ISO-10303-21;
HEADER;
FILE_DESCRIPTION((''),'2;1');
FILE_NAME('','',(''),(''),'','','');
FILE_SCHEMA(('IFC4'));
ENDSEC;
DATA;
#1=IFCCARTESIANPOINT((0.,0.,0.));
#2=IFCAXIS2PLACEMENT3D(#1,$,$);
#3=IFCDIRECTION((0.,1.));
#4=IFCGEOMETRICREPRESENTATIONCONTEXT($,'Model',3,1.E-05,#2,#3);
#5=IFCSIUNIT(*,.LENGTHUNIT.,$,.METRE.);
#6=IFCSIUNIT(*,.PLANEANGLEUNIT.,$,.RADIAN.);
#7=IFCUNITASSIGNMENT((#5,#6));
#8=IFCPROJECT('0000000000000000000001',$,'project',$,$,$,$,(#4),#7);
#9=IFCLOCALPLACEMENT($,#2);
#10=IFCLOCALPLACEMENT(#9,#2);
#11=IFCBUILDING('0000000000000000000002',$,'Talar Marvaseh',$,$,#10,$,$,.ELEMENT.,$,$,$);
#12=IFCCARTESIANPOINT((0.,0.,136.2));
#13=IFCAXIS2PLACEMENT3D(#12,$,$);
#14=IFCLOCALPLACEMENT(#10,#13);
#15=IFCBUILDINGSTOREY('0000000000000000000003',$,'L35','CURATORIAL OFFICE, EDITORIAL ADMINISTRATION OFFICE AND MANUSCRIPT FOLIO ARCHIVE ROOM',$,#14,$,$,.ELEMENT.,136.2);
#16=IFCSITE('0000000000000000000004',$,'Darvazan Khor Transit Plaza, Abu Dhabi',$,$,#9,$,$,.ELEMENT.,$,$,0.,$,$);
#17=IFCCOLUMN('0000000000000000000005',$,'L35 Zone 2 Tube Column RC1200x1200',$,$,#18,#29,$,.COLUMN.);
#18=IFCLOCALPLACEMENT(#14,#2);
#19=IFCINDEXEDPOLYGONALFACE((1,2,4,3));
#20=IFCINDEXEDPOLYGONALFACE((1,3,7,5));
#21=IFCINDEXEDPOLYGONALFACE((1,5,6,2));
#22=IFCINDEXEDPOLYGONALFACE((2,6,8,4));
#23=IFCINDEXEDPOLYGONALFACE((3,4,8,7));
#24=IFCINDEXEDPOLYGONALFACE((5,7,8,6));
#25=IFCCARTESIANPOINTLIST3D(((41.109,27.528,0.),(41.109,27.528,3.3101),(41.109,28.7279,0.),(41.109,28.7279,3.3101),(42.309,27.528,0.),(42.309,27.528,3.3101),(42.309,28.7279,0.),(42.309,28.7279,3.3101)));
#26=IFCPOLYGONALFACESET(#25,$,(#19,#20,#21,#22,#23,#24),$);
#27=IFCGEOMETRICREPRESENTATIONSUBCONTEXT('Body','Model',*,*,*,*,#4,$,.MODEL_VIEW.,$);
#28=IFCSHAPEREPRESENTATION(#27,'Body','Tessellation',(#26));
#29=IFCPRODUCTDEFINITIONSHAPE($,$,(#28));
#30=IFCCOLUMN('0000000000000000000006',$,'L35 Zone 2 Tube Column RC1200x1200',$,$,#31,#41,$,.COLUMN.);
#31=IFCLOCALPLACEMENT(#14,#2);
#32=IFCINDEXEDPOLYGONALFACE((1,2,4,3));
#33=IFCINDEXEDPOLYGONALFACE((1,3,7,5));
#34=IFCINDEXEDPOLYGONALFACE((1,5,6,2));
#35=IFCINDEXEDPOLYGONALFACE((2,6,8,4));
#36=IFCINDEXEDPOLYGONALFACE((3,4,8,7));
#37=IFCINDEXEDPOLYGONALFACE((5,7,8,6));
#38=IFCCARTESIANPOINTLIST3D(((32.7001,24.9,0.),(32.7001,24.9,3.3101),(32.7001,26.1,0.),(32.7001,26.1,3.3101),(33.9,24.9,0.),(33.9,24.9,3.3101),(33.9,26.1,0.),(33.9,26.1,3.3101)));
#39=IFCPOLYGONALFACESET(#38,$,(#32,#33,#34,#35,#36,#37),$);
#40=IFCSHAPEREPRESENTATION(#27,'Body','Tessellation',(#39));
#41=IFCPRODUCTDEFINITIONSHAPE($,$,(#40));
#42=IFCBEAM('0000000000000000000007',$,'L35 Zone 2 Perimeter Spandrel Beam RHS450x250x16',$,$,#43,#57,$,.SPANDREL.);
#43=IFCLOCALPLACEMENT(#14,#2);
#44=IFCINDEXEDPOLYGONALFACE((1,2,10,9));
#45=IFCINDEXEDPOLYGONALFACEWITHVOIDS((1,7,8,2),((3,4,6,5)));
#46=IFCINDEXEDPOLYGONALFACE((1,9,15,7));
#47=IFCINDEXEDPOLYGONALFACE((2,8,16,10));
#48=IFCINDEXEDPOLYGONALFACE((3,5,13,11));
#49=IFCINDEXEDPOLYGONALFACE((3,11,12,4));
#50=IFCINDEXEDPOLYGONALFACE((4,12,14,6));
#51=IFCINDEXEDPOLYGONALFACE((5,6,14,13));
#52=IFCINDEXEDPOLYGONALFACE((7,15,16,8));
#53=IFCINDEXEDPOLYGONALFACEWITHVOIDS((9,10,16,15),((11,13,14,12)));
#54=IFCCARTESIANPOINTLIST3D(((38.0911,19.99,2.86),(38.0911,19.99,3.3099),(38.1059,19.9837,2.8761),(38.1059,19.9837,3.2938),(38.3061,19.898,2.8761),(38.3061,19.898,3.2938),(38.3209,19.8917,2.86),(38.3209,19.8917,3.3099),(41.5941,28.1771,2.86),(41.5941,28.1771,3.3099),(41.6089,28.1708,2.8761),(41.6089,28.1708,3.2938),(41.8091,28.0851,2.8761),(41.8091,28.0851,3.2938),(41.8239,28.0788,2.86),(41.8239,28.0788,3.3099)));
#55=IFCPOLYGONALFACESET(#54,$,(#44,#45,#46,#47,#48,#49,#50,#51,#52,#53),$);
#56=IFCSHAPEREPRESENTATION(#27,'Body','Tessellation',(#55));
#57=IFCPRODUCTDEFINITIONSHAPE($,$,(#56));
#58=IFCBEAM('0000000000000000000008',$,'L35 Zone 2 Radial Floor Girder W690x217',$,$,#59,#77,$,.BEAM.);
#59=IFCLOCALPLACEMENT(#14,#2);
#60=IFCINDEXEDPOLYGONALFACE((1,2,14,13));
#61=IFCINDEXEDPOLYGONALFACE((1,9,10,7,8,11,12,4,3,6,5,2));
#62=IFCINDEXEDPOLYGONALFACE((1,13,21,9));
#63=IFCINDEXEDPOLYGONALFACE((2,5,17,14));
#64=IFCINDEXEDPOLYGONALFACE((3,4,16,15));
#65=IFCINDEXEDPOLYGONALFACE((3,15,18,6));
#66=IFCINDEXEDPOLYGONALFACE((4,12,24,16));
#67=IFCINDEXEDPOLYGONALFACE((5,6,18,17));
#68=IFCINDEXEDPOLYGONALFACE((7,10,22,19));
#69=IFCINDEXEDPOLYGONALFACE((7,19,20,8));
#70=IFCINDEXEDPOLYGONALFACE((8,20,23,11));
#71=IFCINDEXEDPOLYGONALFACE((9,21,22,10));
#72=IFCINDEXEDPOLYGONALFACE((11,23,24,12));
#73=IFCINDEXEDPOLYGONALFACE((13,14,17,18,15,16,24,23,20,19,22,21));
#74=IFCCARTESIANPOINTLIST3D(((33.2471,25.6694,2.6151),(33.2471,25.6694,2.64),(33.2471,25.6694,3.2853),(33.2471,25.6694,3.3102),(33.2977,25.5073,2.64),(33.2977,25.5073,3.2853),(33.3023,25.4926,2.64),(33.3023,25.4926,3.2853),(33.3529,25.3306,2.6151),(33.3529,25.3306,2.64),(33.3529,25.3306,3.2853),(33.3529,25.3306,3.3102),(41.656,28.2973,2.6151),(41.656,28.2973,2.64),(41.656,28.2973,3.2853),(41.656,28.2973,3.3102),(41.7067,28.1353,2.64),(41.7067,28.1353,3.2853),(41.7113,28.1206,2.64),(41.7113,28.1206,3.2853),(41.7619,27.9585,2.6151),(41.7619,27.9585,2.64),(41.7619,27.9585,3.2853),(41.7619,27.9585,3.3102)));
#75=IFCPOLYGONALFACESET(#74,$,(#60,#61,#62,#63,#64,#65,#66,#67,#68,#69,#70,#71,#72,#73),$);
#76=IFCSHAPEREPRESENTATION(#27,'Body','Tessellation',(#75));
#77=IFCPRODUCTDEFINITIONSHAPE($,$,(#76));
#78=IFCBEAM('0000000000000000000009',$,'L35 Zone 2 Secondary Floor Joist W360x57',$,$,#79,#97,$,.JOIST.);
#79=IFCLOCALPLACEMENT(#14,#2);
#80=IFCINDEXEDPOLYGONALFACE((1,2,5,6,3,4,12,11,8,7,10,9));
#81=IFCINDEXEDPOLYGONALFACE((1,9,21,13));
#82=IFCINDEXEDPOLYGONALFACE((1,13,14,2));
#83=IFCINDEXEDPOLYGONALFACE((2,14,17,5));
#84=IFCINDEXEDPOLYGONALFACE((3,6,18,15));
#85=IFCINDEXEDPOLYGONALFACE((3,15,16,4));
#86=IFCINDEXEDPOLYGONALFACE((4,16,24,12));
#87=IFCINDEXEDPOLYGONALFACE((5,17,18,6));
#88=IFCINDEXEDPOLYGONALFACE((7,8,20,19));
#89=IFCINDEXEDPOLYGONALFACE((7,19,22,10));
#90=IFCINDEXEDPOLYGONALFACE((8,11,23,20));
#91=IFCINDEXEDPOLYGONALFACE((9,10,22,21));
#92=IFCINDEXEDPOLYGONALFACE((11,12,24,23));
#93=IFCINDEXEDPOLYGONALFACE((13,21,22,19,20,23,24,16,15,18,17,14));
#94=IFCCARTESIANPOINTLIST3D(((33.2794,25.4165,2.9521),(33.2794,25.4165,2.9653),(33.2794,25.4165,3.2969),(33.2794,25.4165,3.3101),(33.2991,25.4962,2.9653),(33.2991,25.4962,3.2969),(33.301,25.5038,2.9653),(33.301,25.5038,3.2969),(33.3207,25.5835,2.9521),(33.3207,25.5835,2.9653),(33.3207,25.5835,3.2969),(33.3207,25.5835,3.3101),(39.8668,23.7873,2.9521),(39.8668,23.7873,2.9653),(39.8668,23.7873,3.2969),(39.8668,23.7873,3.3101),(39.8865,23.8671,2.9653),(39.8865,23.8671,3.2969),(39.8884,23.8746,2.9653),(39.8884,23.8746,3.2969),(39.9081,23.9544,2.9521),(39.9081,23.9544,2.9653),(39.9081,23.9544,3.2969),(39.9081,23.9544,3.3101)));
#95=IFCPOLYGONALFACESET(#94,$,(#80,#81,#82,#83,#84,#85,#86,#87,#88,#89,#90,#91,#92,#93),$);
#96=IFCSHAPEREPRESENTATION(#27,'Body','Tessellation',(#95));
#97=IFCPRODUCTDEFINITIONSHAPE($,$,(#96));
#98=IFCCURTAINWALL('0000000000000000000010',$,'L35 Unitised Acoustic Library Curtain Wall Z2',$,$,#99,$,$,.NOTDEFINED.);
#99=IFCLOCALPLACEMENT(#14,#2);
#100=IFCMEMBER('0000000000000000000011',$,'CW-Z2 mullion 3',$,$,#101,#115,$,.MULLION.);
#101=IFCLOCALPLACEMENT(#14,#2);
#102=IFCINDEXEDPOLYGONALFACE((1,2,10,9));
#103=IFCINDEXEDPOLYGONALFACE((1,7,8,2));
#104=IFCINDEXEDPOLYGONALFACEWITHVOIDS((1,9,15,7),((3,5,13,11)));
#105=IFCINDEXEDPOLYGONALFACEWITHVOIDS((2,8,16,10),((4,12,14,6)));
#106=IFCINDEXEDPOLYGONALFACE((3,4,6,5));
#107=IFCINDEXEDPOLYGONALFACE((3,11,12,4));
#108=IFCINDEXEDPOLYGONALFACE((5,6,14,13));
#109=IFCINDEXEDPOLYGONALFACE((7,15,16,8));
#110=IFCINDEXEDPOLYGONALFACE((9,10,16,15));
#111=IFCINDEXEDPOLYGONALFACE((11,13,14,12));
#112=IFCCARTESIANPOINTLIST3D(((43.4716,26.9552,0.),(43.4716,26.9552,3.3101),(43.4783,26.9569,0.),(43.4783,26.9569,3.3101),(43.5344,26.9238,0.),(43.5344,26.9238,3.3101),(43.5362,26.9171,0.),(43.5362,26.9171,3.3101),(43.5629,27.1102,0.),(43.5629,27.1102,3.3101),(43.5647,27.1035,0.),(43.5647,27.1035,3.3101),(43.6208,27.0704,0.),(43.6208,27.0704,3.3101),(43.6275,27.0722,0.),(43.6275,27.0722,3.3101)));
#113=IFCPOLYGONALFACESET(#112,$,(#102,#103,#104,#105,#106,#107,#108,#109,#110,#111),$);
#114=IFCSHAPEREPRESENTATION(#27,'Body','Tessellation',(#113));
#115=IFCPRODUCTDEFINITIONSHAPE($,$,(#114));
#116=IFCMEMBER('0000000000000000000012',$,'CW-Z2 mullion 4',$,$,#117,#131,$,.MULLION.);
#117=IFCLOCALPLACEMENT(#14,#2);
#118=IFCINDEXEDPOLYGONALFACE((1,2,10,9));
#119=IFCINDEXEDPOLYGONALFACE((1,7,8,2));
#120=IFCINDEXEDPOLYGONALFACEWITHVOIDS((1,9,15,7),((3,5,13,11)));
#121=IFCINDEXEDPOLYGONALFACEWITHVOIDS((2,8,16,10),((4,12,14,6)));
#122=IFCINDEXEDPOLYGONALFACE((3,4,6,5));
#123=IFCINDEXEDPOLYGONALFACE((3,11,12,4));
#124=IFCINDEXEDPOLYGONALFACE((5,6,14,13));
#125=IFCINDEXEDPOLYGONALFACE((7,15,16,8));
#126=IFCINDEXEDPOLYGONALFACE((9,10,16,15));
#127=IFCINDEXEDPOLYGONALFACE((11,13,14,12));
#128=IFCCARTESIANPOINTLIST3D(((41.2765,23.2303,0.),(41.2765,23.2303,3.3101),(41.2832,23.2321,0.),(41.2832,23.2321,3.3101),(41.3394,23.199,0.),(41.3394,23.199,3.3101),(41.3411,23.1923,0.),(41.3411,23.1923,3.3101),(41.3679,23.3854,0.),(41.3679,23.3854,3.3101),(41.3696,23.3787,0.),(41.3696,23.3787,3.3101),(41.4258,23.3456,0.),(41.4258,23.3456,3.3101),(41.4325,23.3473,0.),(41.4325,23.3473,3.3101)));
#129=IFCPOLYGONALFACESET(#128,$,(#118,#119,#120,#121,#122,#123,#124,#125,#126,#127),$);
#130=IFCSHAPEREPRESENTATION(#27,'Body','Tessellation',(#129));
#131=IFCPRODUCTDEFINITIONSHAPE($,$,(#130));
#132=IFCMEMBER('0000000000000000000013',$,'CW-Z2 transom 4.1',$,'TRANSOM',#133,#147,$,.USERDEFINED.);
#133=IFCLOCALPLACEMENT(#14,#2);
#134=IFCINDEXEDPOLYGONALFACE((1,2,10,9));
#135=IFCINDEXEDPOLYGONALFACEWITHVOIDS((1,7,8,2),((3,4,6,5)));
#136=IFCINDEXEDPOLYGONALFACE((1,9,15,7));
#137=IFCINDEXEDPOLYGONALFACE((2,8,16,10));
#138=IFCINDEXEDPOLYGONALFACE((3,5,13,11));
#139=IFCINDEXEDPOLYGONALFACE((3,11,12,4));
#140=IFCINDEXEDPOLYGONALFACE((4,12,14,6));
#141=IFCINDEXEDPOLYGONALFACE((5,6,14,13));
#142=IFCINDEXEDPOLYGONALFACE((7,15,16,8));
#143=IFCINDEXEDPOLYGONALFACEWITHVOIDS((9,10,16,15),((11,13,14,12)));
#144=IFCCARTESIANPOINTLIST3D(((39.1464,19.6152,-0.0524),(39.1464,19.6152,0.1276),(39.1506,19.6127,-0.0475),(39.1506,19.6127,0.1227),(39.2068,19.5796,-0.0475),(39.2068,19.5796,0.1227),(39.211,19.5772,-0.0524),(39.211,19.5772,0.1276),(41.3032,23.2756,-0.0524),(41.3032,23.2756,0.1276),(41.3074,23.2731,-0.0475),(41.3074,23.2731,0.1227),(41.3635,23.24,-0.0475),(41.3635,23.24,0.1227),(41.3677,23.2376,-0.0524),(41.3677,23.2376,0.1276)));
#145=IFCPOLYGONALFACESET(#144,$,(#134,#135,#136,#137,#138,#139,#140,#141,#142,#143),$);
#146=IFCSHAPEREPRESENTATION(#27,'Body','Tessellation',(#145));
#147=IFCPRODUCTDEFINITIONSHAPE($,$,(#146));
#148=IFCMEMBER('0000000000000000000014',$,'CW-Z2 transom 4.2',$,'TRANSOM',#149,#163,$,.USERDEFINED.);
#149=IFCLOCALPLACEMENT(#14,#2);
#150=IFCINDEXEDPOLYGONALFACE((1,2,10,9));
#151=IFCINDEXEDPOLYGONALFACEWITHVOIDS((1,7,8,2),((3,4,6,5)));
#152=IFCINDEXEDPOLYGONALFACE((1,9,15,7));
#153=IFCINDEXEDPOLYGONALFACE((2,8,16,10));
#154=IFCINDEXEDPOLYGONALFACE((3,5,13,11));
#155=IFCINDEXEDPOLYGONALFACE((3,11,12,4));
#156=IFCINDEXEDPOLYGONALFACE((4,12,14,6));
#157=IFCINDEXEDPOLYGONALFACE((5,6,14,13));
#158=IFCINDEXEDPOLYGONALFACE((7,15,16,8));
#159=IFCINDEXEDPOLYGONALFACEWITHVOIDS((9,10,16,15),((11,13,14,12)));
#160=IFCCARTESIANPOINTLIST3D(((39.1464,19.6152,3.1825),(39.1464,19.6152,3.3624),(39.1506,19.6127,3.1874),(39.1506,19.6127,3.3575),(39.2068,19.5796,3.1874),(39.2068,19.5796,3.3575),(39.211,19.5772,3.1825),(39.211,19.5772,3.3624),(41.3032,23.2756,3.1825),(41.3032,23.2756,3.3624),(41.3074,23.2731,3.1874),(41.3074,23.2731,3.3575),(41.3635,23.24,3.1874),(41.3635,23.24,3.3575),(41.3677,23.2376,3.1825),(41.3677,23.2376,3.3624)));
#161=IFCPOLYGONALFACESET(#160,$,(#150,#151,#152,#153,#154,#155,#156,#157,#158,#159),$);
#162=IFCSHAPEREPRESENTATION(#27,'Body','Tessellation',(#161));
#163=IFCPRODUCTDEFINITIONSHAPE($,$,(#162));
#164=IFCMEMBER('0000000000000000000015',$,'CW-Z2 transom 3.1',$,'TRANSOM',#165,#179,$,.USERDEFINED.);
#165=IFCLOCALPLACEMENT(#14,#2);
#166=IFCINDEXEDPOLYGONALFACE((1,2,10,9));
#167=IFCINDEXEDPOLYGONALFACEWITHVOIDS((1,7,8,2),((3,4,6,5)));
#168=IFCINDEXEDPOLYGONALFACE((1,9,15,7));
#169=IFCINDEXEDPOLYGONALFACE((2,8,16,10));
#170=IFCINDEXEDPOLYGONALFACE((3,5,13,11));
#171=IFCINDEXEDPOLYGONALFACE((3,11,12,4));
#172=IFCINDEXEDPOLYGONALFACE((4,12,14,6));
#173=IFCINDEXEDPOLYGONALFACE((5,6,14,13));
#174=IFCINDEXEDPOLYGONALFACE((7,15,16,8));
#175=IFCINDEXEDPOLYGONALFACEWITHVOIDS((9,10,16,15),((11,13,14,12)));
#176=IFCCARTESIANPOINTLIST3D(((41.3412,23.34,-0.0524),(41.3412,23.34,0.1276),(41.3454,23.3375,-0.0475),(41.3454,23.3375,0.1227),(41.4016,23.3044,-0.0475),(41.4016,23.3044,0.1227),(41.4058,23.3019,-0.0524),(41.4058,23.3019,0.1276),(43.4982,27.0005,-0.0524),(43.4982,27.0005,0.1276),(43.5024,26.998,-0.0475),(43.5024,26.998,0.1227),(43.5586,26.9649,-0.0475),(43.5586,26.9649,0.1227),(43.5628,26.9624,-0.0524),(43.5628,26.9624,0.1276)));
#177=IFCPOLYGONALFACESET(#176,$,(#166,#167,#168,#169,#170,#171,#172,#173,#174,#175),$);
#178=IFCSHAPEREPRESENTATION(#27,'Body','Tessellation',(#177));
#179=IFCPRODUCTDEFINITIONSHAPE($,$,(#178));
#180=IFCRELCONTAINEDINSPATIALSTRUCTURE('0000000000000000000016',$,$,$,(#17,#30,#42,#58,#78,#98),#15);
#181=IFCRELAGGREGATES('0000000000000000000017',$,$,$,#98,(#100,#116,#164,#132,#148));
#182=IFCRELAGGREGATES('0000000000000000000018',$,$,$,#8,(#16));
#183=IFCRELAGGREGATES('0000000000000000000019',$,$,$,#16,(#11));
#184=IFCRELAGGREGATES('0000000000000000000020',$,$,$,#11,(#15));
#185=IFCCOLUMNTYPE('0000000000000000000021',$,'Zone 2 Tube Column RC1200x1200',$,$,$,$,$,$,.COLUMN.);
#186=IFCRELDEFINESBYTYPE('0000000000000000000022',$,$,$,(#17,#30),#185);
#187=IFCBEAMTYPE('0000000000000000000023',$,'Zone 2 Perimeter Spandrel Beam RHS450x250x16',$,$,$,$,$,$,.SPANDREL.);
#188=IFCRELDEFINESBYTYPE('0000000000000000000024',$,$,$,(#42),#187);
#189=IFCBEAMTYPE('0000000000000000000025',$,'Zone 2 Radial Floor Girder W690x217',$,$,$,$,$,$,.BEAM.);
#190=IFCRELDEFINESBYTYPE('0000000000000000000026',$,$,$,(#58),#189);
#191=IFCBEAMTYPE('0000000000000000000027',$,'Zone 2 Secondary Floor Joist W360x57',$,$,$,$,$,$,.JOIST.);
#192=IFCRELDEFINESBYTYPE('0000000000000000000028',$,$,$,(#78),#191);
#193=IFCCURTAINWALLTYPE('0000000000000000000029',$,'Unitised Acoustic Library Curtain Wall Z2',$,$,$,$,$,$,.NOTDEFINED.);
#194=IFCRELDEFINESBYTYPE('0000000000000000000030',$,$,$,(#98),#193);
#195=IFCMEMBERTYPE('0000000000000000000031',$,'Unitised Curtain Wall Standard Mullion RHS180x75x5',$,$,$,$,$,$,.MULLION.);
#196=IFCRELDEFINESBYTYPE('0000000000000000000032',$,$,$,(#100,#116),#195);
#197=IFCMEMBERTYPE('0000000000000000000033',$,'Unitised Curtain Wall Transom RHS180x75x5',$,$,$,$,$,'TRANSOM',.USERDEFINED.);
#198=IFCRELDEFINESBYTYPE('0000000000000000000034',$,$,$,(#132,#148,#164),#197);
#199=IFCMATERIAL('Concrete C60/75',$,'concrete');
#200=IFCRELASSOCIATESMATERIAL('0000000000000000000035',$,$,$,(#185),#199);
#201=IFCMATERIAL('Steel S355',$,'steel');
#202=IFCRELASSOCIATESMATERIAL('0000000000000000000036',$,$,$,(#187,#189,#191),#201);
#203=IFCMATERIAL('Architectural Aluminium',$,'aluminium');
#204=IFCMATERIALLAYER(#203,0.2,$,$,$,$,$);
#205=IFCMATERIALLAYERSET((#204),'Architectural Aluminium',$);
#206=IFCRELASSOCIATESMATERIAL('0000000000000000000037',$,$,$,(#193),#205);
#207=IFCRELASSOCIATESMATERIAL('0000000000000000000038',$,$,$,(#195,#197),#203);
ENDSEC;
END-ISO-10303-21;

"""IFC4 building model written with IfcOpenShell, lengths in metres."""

from ifc_helpers import new_model, si_unit, direction, frame, origin, origin_2d, place, context, subcontext, project, spatial, rectangle, hollow_rectangle, i_section, extrude, source, transform, mapped, material, layer, layer_set, material_profile, profile_set, type_object, type_shapes, element, aggregate, save


model = new_model("IFC4")

# Units and contexts
model_context = context("Model", 3, precision=1e-05, world=origin(), true_north=direction((0.0, 1.0)))
body_context = subcontext(model_context, "Body", "Model", "MODEL_VIEW")
ifc_project = project(units=[si_unit("LENGTHUNIT", "METRE"), si_unit("PLANEANGLEUNIT", "RADIAN")], contexts=[model_context])

# Site, building, storey
site_placement = place(None, origin())
site = spatial("IfcSite", under=ifc_project, at=site_placement, Name="Darvazan Khor Transit Plaza, Abu Dhabi", CompositionType="ELEMENT", RefElevation=0.0)
building_placement = place(site_placement, origin())
building = spatial("IfcBuilding", under=site, at=building_placement, Name="Talar Marvaseh", CompositionType="ELEMENT")
storey_placement = place(building_placement, frame((0.0, 0.0, 136.2)))
storey = spatial("IfcBuildingStorey", under=building, at=storey_placement, Name="L35", Description="CURATORIAL OFFICE, EDITORIAL ADMINISTRATION OFFICE AND MANUSCRIPT FOLIO ARCHIVE ROOM", CompositionType="ELEMENT", Elevation=136.2)

# Columns
ifc_material_1 = material(Name="Concrete C60/75", Category="concrete")
ifc_material_profile_1 = material_profile(ifc_material_1, rectangle(XDim=1.2, YDim=1.2, at=origin_2d()), Name="RC1200x1200")
ifc_profile_set_1 = profile_set([ifc_material_profile_1], Name="Concrete C60/75")
column_type = type_object("IfcColumnType", Name="Zone 2 Tube Column RC1200x1200", PredefinedType="COLUMN", material=ifc_profile_set_1)
for number, where, z_axis, x_axis, name in (
    (1, (41.709, 28.1279, 0.0), (0.0, 0.0, 1.0), (1.0, 0.0, 0.0), "L35 Zone 2 Tube Column RC1200x1200"),
    (2, (33.3, 25.5, 0.0), (0.0, 0.0, 1.0), (1.0, 0.0, 0.0), "L35 Zone 2 Tube Column RC1200x1200"),
):
    element("IfcColumn", number, at=place(storey_placement, frame(where, z_axis=z_axis, x_axis=x_axis)), inside=storey, type_object=column_type, Name=name, PredefinedType="COLUMN", context=body_context, shape_type="SweptSolid", body=[
        extrude(rectangle(XDim=1.2, YDim=1.2, at=origin_2d()), origin(), (0.0, 0.0, 1.0), 3.3101),
    ])

# Beams
ifc_material_2 = material(Name="Steel S355", Category="steel")
ifc_material_profile_2 = material_profile(ifc_material_2, hollow_rectangle(XDim=0.25, YDim=0.45, WallThickness=0.0161, at=origin_2d()), Name="RHS450x250x16")
ifc_profile_set_2 = profile_set([ifc_material_profile_2], Name="Steel S355")
beam_type_1 = type_object("IfcBeamType", Name="Zone 2 Perimeter Spandrel Beam RHS450x250x16", PredefinedType="SPANDREL", material=ifc_profile_set_2)
beam_1_placement = place(storey_placement, frame((41.709, 28.1279, 3.085), z_axis=(-0.39337, -0.91938, 0.0), x_axis=(0.91938, -0.39337, 0.0)))
element("IfcBeam", 3, at=beam_1_placement, inside=storey, type_object=beam_type_1, Name="L35 Zone 2 Perimeter Spandrel Beam RHS450x250x16", PredefinedType="SPANDREL", context=body_context, shape_type="SweptSolid", body=[
    extrude(hollow_rectangle(XDim=0.25, YDim=0.45, WallThickness=0.0161, at=origin_2d()), origin(), (0.0, 0.0, 1.0), 8.905),
])
ifc_material_profile_3 = material_profile(ifc_material_2, i_section(OverallWidth=0.355, OverallDepth=0.6951, WebThickness=0.0154, FlangeThickness=0.0249, at=origin_2d()), Name="W690x217")
ifc_profile_set_3 = profile_set([ifc_material_profile_3], Name="Steel S355")
beam_type_2 = type_object("IfcBeamType", Name="Zone 2 Radial Floor Girder W690x217", PredefinedType="BEAM", material=ifc_profile_set_3)
beam_2_placement = place(storey_placement, frame((41.709, 28.1279, 2.9626), z_axis=(-0.954476, -0.298289, 0.0), x_axis=(0.298289, -0.954476, 0.0)))
element("IfcBeam", 4, at=beam_2_placement, inside=storey, type_object=beam_type_2, Name="L35 Zone 2 Radial Floor Girder W690x217", PredefinedType="BEAM", context=body_context, shape_type="SweptSolid", body=[
    extrude(i_section(OverallWidth=0.355, OverallDepth=0.6951, WebThickness=0.0154, FlangeThickness=0.0249, at=origin_2d()), origin(), (0.0, 0.0, 1.0), 8.8101),
])
ifc_material_profile_4 = material_profile(ifc_material_2, i_section(OverallWidth=0.1721, OverallDepth=0.3579, WebThickness=0.0078, FlangeThickness=0.0132, at=origin_2d()), Name="W360x57")
ifc_profile_set_4 = profile_set([ifc_material_profile_4], Name="Steel S355")
beam_type_3 = type_object("IfcBeamType", Name="Zone 2 Secondary Floor Joist W360x57", PredefinedType="JOIST", material=ifc_profile_set_4)
beam_3_placement = place(storey_placement, frame((39.8875, 23.8708, 3.1311), z_axis=(-0.970753, 0.24008, 0.0), x_axis=(-0.24008, -0.970753, 0.0)))
element("IfcBeam", 5, at=beam_3_placement, inside=storey, type_object=beam_type_3, Name="L35 Zone 2 Secondary Floor Joist W360x57", PredefinedType="JOIST", context=body_context, shape_type="SweptSolid", body=[
    extrude(i_section(OverallWidth=0.1721, OverallDepth=0.3579, WebThickness=0.0078, FlangeThickness=0.0132, at=origin_2d()), origin(), (0.0, 0.0, 1.0), 6.7859),
])

# Curtain wall, members
ifc_material_3 = material(Name="Architectural Aluminium", Category="aluminium")
ifc_layer_1 = layer(ifc_material_3, 0.2)
ifc_layer_set_1 = layer_set([ifc_layer_1], Name="Architectural Aluminium")
curtain_wall_type = type_object("IfcCurtainWallType", Name="Unitised Acoustic Library Curtain Wall Z2", PredefinedType="NOTDEFINED", material=ifc_layer_set_1)
curtain_wall_placement = place(storey_placement, origin())
curtain_wall = element("IfcCurtainWall", 6, at=curtain_wall_placement, inside=storey, type_object=curtain_wall_type, Name="L35 Unitised Acoustic Library Curtain Wall Z2", PredefinedType="NOTDEFINED")
ifc_material_profile_5 = material_profile(ifc_material_3, hollow_rectangle(XDim=0.075, YDim=0.1799, WallThickness=0.0049, at=origin_2d()), Name="RHS180x75x5")
ifc_profile_set_5 = profile_set([ifc_material_profile_5], Name="Architectural Aluminium")
member_type_1 = type_object("IfcMemberType", Name="Unitised Curtain Wall Standard Mullion RHS180x75x5", PredefinedType="MULLION", material=ifc_profile_set_5)
shared_shape_1 = source(origin(), body_context, "Body", "SweptSolid", [
    extrude(hollow_rectangle(XDim=0.075, YDim=0.1799, WallThickness=0.0049, at=origin_2d()), origin(), (0.0, 0.0, 1.0), 3.3101),
])
type_shapes(member_type_1, [shared_shape_1])
member_1_placement = place(storey_placement, frame((43.5496, 27.0137, 0.0), z_axis=(0.0, 0.0, 1.0), x_axis=(0.86155, -0.507673, 0.0)))
member_1 = element("IfcMember", 7, at=member_1_placement, type_object=member_type_1, Name="CW-Z2 mullion 3", PredefinedType="MULLION", context=body_context, shape_type="MappedRepresentation", body=[
    mapped(shared_shape_1, transform((0.0, 0.0, 0.0), x_axis=(1.0, 0.0, 0.0), y_axis=(0.0, 1.0, 0.0), z_axis=(0.0, 0.0, 1.0), scale=1.0)),
])
member_2_placement = place(storey_placement, frame((41.3545, 23.2888, 0.0), z_axis=(0.0, 0.0, 1.0), x_axis=(0.86155, -0.507673, 0.0)))
member_2 = element("IfcMember", 8, at=member_2_placement, type_object=member_type_1, Name="CW-Z2 mullion 4", PredefinedType="MULLION", context=body_context, shape_type="MappedRepresentation", body=[
    mapped(shared_shape_1, transform((0.0, 0.0, 0.0), x_axis=(1.0, 0.0, 0.0), y_axis=(0.0, 1.0, 0.0), z_axis=(0.0, 0.0, 1.0), scale=1.0)),
])
ifc_material_profile_6 = material_profile(ifc_material_3, hollow_rectangle(XDim=0.075, YDim=0.1799, WallThickness=0.0049, at=origin_2d()), Name="RHS180x75x5")
ifc_profile_set_6 = profile_set([ifc_material_profile_6], Name="Architectural Aluminium")
member_type_2 = type_object("IfcMemberType", Name="Unitised Curtain Wall Transom RHS180x75x5", ElementType="TRANSOM", PredefinedType="USERDEFINED", material=ifc_profile_set_6)
shared_shape_2 = source(origin(), body_context, "Body", "SweptSolid", [
    extrude(hollow_rectangle(XDim=0.075, YDim=0.1799, WallThickness=0.0049, at=origin_2d()), origin(), (0.0, 0.0, 1.0), 4.2485),
])
member_3_placement = place(storey_placement, frame((41.3354, 23.2566, 0.0376), z_axis=(-0.507643, -0.861568, 0.0), x_axis=(0.861568, -0.507643, 0.0)))
member_3 = element("IfcMember", 9, at=member_3_placement, type_object=member_type_2, Name="CW-Z2 transom 4.1", ObjectType="TRANSOM", PredefinedType="USERDEFINED", context=body_context, shape_type="MappedRepresentation", body=[
    mapped(shared_shape_2, transform((0.0, 0.0, 0.0), x_axis=(1.0, 0.0, 0.0), y_axis=(0.0, 1.0, 0.0), z_axis=(0.0, 0.0, 1.0), scale=1.0)),
])
member_4_placement = place(storey_placement, frame((41.3354, 23.2566, 3.2725), z_axis=(-0.507643, -0.861568, 0.0), x_axis=(0.861568, -0.507643, 0.0)))
member_4 = element("IfcMember", 10, at=member_4_placement, type_object=member_type_2, Name="CW-Z2 transom 4.2", ObjectType="TRANSOM", PredefinedType="USERDEFINED", context=body_context, shape_type="MappedRepresentation", body=[
    mapped(shared_shape_2, transform((0.0, 0.0, 0.0), x_axis=(1.0, 0.0, 0.0), y_axis=(0.0, 1.0, 0.0), z_axis=(0.0, 0.0, 1.0), scale=1.0)),
])
shared_shape_3 = source(origin(), body_context, "Body", "SweptSolid", [
    extrude(hollow_rectangle(XDim=0.075, YDim=0.1799, WallThickness=0.0049, at=origin_2d()), origin(), (0.0, 0.0, 1.0), 4.2488),
])
type_shapes(member_type_2, [shared_shape_2, shared_shape_3])
member_5_placement = place(storey_placement, frame((43.5305, 26.9814, 0.0376), z_axis=(-0.507685, -0.861543, 0.0), x_axis=(0.861543, -0.507685, 0.0)))
member_5 = element("IfcMember", 11, at=member_5_placement, type_object=member_type_2, Name="CW-Z2 transom 3.1", ObjectType="TRANSOM", PredefinedType="USERDEFINED", context=body_context, shape_type="MappedRepresentation", body=[
    mapped(shared_shape_3, transform((0.0, 0.0, 0.0), x_axis=(1.0, 0.0, 0.0), y_axis=(0.0, 1.0, 0.0), z_axis=(0.0, 0.0, 1.0), scale=1.0)),
])
aggregate(curtain_wall, [member_1, member_2, member_5, member_3, member_4])

save(model, "model.ifc")
